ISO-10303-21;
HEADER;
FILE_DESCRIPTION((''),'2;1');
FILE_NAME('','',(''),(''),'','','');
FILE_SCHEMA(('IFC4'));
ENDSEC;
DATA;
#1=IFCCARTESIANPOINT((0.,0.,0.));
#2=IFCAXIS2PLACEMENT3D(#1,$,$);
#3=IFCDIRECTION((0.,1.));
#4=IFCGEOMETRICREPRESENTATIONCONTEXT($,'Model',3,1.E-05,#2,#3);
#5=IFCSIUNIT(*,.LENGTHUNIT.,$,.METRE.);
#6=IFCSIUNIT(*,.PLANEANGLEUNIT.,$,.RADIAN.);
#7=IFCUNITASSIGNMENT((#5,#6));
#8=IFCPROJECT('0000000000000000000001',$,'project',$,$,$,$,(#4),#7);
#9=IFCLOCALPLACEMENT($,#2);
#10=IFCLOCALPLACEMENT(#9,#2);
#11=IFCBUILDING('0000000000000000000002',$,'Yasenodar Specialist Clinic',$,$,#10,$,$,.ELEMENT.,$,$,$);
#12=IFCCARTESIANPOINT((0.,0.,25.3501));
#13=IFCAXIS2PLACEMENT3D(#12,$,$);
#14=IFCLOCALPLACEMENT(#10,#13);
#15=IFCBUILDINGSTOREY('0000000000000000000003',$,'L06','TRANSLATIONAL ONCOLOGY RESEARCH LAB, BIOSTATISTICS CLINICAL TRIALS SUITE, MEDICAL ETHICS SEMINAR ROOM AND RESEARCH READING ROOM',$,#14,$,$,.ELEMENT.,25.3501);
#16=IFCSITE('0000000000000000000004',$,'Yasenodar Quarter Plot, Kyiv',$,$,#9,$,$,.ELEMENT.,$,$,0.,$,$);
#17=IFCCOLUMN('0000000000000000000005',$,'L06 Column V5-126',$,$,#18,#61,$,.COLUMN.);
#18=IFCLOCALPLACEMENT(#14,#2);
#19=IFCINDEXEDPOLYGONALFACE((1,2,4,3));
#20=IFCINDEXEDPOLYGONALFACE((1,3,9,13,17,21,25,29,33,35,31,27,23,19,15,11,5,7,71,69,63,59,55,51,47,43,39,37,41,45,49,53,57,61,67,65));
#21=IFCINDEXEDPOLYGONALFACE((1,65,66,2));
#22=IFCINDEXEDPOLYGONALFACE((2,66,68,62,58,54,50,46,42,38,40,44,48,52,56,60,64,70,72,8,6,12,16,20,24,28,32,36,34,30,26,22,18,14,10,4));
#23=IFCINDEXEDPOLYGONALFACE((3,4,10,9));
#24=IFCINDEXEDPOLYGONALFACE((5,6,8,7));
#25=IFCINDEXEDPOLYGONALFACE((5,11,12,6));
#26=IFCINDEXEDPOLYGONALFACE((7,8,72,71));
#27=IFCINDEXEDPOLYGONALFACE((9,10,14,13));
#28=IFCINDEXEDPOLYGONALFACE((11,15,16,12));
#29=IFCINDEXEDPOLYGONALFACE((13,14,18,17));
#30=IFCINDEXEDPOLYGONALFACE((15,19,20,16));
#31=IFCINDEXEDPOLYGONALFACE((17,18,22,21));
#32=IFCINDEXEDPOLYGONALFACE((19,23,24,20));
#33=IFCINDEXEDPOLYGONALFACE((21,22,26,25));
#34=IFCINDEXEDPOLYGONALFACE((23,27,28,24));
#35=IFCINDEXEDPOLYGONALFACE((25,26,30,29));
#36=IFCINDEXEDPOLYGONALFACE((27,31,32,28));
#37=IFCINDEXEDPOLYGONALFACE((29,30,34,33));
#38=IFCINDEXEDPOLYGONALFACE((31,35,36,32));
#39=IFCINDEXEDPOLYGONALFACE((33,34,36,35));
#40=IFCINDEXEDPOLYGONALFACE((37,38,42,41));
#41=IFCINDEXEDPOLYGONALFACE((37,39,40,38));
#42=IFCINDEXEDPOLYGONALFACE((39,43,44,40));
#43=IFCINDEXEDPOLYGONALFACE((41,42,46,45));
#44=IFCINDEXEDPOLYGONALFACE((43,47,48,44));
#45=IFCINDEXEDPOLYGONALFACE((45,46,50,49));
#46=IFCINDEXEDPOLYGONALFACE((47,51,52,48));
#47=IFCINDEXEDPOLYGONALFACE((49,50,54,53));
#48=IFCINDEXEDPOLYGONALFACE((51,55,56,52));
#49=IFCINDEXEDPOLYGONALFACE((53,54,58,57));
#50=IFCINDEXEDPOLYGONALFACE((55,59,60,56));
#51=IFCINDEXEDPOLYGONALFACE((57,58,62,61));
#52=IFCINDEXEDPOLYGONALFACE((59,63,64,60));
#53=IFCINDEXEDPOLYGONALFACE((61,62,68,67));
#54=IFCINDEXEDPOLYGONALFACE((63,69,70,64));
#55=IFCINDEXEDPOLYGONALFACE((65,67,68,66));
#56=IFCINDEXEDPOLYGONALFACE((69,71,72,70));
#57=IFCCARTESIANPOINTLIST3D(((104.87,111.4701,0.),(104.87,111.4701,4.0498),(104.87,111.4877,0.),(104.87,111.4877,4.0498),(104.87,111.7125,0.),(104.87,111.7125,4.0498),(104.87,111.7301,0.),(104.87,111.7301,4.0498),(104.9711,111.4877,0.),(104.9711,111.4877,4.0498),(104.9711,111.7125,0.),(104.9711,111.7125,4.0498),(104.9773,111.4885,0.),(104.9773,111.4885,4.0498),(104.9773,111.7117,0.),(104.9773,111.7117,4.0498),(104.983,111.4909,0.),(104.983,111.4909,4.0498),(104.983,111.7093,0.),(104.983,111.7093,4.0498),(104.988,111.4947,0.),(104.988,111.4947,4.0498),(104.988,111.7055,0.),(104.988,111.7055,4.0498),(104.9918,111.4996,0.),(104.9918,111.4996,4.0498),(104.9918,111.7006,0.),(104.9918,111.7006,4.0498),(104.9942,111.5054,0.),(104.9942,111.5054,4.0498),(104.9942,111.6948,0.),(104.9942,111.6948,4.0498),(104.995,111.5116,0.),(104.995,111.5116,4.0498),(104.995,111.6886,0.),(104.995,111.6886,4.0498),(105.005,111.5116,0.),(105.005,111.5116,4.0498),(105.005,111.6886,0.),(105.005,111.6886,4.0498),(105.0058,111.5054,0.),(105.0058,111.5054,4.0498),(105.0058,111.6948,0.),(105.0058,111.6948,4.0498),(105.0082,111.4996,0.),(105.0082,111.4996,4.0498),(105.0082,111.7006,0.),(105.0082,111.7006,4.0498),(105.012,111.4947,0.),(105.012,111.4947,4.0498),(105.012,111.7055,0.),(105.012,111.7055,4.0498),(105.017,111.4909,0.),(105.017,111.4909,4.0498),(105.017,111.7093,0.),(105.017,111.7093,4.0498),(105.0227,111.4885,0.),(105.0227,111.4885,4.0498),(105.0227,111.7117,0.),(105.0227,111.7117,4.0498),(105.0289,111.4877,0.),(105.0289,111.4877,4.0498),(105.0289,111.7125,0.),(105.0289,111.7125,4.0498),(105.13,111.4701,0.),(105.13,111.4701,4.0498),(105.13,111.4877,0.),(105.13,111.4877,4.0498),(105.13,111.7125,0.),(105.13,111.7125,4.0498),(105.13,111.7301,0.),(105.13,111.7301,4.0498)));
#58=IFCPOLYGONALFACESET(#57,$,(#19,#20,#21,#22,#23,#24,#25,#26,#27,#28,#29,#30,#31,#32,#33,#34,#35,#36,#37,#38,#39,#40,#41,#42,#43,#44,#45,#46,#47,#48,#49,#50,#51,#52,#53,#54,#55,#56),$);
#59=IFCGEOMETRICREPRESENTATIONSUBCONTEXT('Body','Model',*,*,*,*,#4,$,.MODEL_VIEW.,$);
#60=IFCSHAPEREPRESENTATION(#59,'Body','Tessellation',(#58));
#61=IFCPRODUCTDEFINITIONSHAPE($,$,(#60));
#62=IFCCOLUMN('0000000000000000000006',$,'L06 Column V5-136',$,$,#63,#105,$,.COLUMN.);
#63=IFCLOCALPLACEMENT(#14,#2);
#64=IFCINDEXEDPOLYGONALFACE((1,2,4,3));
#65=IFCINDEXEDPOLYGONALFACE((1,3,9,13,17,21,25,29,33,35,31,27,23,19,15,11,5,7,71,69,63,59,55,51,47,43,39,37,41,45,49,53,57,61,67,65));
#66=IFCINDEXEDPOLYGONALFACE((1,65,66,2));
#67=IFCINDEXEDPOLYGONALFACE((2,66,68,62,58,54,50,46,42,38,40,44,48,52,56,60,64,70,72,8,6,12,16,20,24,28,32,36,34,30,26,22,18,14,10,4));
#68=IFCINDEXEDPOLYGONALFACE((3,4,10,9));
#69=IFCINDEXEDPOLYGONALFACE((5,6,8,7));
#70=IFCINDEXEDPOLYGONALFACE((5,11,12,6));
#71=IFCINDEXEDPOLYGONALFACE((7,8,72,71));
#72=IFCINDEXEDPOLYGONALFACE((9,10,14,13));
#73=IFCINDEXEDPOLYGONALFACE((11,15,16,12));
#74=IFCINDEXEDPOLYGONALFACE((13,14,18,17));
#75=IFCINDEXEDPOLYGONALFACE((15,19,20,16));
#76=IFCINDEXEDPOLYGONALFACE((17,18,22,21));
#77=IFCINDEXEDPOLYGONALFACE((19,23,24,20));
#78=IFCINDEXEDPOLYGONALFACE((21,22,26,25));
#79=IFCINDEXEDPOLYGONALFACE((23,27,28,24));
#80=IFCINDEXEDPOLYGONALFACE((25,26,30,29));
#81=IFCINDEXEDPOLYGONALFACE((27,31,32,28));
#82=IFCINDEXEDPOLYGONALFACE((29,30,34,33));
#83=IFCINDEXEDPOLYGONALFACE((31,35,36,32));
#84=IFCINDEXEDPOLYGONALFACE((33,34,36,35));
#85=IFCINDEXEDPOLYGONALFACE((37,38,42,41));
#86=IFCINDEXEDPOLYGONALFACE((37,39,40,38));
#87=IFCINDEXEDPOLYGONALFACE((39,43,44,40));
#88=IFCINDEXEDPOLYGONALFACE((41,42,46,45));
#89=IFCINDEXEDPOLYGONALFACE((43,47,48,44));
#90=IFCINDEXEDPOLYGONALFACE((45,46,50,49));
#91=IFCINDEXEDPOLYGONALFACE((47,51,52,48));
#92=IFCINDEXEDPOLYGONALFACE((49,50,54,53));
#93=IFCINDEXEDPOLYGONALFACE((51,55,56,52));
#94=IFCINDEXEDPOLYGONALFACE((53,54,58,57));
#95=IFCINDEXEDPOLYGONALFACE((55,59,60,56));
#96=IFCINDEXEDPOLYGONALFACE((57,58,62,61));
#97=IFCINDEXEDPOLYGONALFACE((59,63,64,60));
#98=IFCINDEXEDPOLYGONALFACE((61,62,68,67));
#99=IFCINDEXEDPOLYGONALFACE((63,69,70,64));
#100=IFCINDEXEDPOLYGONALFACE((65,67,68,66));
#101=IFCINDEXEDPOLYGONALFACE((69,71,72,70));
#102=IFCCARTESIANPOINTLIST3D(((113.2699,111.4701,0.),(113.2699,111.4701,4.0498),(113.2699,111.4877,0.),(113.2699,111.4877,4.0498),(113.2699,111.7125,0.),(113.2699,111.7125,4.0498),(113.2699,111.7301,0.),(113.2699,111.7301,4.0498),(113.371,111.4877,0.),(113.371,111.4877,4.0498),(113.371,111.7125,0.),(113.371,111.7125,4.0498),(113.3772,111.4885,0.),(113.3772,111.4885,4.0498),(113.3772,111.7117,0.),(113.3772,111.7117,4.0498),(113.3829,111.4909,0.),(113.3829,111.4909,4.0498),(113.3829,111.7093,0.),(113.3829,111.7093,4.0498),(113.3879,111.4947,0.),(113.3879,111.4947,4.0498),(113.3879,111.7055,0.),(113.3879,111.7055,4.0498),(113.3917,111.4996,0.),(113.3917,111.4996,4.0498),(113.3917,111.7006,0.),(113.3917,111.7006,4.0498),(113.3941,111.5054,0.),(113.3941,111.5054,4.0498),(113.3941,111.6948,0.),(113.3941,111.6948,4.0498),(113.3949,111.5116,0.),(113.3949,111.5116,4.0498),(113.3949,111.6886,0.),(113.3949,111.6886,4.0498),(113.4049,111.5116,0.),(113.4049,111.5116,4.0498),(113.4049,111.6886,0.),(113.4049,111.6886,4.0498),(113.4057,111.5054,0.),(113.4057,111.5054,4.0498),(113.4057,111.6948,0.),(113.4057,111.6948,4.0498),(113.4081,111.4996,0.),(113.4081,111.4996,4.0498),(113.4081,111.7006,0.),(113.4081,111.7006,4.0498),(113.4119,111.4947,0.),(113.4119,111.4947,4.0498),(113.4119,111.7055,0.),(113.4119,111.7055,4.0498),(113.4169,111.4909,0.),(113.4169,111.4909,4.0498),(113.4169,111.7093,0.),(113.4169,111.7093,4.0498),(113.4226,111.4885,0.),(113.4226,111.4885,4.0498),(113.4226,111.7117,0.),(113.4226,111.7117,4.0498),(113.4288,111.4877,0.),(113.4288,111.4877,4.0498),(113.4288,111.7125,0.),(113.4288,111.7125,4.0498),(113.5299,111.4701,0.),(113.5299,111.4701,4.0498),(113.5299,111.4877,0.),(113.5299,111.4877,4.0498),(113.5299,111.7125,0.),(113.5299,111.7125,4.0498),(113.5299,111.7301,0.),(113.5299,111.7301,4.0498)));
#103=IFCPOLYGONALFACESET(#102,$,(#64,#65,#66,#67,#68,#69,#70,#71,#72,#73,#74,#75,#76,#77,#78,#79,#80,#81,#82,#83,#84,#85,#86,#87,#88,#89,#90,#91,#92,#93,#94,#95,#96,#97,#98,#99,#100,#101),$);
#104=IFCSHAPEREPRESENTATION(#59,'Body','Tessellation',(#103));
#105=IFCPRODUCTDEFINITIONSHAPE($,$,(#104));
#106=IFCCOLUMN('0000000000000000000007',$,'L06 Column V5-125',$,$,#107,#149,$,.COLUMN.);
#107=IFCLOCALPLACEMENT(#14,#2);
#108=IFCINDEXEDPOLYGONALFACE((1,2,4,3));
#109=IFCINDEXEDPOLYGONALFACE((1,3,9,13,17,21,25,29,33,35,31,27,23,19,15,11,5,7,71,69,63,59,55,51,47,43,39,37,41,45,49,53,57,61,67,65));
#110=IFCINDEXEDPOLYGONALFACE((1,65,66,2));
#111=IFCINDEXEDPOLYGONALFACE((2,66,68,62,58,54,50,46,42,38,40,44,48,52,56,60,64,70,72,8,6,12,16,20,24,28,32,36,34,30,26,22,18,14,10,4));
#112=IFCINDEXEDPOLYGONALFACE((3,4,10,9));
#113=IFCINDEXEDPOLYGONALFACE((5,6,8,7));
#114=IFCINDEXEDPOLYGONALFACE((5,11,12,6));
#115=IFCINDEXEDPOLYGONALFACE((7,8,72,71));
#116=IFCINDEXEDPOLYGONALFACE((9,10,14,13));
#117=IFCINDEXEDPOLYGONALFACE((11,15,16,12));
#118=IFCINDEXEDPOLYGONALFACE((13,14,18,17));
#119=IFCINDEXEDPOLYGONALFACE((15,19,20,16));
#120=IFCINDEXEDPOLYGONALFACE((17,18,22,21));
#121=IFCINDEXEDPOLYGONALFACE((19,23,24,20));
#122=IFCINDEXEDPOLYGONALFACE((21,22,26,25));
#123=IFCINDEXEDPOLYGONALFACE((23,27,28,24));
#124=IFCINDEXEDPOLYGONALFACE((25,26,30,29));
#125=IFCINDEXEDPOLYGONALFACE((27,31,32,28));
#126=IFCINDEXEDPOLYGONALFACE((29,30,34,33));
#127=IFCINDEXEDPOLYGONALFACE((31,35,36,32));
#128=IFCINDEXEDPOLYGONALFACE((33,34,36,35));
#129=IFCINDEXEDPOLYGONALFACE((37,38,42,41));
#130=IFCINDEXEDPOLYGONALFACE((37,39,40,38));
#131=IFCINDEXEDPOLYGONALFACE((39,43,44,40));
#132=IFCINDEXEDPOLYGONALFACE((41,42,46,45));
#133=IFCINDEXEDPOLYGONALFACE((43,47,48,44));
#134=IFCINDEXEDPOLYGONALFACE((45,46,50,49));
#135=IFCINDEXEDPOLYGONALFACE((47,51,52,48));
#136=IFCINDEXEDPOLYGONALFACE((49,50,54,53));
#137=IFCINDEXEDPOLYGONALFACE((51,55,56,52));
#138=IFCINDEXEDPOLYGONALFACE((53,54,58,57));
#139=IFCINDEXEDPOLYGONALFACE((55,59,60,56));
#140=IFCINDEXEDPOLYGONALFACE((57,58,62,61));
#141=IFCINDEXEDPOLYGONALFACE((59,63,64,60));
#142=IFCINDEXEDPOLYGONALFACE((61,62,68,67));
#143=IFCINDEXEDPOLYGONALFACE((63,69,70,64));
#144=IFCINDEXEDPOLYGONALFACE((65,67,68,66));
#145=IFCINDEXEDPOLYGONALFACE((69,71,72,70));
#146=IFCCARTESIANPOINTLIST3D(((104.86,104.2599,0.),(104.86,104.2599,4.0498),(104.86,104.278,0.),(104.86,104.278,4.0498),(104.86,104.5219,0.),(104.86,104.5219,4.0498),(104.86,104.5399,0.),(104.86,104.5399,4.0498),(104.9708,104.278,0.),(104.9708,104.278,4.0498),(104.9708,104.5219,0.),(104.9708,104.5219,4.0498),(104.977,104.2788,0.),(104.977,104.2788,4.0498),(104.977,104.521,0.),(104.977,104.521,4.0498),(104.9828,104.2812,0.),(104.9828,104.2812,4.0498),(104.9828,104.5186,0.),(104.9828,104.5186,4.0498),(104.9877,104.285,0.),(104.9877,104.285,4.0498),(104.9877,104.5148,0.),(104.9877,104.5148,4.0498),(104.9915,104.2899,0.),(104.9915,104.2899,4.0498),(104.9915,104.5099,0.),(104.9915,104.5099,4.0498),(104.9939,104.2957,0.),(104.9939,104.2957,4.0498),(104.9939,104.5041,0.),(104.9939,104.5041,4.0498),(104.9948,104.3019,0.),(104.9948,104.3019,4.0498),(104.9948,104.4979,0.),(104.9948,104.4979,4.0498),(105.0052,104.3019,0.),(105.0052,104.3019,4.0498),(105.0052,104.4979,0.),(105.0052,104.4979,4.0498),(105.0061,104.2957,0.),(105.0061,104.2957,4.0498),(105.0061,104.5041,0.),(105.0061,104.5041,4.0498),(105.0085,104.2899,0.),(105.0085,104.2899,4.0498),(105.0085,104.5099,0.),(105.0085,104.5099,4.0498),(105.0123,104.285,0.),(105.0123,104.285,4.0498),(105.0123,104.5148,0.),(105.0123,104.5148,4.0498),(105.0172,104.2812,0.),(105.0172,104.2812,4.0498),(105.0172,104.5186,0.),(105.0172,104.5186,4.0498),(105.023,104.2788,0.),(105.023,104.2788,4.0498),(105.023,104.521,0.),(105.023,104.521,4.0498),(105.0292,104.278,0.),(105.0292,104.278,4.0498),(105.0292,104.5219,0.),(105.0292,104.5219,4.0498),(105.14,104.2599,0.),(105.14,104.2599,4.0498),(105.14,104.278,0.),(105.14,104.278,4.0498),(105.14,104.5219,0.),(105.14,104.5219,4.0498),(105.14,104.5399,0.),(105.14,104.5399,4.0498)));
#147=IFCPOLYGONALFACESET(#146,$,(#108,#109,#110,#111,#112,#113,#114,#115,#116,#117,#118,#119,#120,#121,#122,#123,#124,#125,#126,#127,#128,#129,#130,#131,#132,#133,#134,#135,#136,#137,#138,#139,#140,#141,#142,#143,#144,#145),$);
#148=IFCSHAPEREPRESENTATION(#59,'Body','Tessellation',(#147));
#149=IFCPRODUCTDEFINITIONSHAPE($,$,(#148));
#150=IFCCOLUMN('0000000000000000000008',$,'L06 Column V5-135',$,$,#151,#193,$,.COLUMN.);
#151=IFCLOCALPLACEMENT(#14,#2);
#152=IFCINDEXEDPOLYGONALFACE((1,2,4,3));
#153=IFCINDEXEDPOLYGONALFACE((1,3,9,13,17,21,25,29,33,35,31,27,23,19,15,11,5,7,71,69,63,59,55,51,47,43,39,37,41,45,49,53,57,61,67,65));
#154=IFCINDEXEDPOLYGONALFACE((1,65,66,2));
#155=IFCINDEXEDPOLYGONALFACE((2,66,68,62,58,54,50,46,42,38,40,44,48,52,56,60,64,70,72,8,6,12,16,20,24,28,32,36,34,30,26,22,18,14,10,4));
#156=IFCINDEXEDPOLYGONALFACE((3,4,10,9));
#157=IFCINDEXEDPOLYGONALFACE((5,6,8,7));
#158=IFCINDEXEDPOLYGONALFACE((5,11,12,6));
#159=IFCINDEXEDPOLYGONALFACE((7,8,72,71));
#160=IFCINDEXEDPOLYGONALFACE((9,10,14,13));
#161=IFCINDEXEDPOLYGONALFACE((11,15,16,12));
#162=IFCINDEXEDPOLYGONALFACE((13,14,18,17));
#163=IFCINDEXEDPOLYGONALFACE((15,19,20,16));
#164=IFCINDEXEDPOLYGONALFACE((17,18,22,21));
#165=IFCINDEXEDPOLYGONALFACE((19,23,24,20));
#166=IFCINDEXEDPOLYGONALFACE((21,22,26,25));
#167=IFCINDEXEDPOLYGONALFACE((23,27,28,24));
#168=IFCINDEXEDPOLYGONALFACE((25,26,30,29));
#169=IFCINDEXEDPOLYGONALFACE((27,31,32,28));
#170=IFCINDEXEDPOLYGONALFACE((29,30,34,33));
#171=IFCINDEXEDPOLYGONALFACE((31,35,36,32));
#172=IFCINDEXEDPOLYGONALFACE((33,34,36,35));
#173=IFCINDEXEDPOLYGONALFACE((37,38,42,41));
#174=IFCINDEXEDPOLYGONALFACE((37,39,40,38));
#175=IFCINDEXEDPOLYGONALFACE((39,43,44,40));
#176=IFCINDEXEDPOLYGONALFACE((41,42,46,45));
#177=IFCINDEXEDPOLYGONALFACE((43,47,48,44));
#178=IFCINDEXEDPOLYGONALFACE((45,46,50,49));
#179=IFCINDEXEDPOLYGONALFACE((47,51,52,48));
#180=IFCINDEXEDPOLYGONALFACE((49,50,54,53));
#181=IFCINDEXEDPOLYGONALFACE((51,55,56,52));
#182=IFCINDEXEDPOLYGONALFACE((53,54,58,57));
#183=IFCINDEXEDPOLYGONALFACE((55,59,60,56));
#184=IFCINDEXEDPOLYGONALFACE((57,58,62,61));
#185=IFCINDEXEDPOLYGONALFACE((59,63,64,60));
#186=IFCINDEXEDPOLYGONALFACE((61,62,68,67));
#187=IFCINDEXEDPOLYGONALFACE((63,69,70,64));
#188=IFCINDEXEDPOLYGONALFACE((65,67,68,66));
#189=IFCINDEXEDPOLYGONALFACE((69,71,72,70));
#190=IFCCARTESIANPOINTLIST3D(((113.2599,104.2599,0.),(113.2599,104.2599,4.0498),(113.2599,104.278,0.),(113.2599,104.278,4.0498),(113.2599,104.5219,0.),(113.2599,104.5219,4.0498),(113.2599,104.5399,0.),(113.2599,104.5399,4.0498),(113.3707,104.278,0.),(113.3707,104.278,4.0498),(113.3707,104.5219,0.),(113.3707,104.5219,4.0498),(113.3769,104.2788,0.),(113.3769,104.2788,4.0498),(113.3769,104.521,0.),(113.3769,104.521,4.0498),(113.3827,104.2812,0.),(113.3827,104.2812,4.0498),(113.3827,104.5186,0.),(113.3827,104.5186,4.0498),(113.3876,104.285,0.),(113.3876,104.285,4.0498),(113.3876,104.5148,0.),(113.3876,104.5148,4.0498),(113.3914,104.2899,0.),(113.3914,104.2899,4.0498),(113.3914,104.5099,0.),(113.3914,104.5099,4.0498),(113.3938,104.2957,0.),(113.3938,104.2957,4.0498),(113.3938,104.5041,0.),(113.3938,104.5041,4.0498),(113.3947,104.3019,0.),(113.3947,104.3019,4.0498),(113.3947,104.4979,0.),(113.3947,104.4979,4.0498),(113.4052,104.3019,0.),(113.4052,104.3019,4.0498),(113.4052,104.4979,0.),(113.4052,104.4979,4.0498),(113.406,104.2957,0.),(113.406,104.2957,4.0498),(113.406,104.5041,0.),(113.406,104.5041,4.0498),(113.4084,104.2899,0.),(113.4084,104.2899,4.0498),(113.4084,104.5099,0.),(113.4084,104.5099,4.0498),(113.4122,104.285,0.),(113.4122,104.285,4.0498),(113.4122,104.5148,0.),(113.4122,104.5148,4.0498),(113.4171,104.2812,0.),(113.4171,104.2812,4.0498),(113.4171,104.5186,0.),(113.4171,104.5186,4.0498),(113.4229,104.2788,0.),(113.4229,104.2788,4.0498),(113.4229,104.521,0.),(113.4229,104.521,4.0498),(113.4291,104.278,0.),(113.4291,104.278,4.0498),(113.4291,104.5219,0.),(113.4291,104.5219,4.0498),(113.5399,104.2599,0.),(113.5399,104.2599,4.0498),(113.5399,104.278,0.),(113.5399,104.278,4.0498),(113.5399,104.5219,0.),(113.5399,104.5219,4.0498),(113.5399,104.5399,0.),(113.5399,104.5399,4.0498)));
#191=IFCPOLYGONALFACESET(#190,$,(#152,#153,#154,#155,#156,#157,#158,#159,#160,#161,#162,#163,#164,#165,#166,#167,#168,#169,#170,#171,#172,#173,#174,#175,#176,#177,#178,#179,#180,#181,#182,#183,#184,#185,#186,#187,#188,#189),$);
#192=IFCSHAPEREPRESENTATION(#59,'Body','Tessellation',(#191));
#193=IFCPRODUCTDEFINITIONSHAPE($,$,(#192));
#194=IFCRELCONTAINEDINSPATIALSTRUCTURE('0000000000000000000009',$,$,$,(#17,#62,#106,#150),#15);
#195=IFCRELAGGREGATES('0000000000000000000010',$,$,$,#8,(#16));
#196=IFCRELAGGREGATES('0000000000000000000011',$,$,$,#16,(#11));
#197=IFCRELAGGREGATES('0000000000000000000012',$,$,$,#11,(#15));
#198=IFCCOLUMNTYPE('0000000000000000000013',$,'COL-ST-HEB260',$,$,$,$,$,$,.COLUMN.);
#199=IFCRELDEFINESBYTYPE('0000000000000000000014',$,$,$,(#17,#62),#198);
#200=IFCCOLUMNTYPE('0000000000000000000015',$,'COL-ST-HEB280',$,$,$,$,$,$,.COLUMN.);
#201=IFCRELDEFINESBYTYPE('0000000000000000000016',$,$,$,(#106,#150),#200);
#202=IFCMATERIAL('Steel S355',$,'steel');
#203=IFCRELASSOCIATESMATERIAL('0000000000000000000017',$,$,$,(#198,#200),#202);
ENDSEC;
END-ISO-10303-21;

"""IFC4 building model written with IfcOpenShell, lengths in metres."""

from ifc_helpers import new_model, si_unit, direction, frame, origin, origin_2d, place, context, subcontext, project, spatial, i_section, extrude, material, material_profile, profile_set, type_object, element, save


model = new_model("IFC4")

# Units and contexts
model_context = context("Model", 3, precision=1e-05, world=origin(), true_north=direction((0.0, 1.0)))
body_context = subcontext(model_context, "Body", "Model", "MODEL_VIEW")
ifc_project = project(units=[si_unit("LENGTHUNIT", "METRE"), si_unit("PLANEANGLEUNIT", "RADIAN")], contexts=[model_context])

# Site, building, storey
site_placement = place(None, origin())
site = spatial("IfcSite", under=ifc_project, at=site_placement, Name="Yasenodar Quarter Plot, Kyiv", CompositionType="ELEMENT", RefElevation=0.0)
building_placement = place(site_placement, origin())
building = spatial("IfcBuilding", under=site, at=building_placement, Name="Yasenodar Specialist Clinic", CompositionType="ELEMENT")
storey_placement = place(building_placement, frame((0.0, 0.0, 25.3501)))
storey = spatial("IfcBuildingStorey", under=building, at=storey_placement, Name="L06", Description="TRANSLATIONAL ONCOLOGY RESEARCH LAB, BIOSTATISTICS CLINICAL TRIALS SUITE, MEDICAL ETHICS SEMINAR ROOM AND RESEARCH READING ROOM", CompositionType="ELEMENT", Elevation=25.3501)

# Columns
ifc_material_1 = material(Name="Steel S355", Category="steel")
ifc_material_profile_1 = material_profile(ifc_material_1, i_section(OverallWidth=0.26, OverallDepth=0.26, WebThickness=0.01, FlangeThickness=0.0176, FilletRadius=0.0239, at=origin_2d()), Name="HEB 260")
ifc_profile_set_1 = profile_set([ifc_material_profile_1], Name="Steel S355")
column_type_1 = type_object("IfcColumnType", Name="COL-ST-HEB260", PredefinedType="COLUMN", material=ifc_profile_set_1)
for number, where, z_axis, x_axis, name in (
    (1, (105.0, 111.6001, 0.0), (0.0, 0.0, 1.0), (1.0, 0.0, 0.0), "L06 Column V5-126"),
    (2, (113.3999, 111.6001, 0.0), (0.0, 0.0, 1.0), (1.0, 0.0, 0.0), "L06 Column V5-136"),
):
    element("IfcColumn", number, at=place(storey_placement, frame(where, z_axis=z_axis, x_axis=x_axis)), inside=storey, type_object=column_type_1, Name=name, PredefinedType="COLUMN", context=body_context, shape_type="SweptSolid", body=[
        extrude(i_section(OverallWidth=0.26, OverallDepth=0.26, WebThickness=0.01, FlangeThickness=0.0176, FilletRadius=0.0239, at=origin_2d()), origin(), (0.0, 0.0, 1.0), 4.0498),
    ])
ifc_material_profile_2 = material_profile(ifc_material_1, i_section(OverallWidth=0.28, OverallDepth=0.28, WebThickness=0.0105, FlangeThickness=0.0181, FilletRadius=0.0239, at=origin_2d()), Name="HEB 280")
ifc_profile_set_2 = profile_set([ifc_material_profile_2], Name="Steel S355")
column_type_2 = type_object("IfcColumnType", Name="COL-ST-HEB280", PredefinedType="COLUMN", material=ifc_profile_set_2)
for number, where, z_axis, x_axis, name in (
    (3, (105.0, 104.3999, 0.0), (0.0, 0.0, 1.0), (1.0, 0.0, 0.0), "L06 Column V5-125"),
    (4, (113.3999, 104.3999, 0.0), (0.0, 0.0, 1.0), (1.0, 0.0, 0.0), "L06 Column V5-135"),
):
    element("IfcColumn", number, at=place(storey_placement, frame(where, z_axis=z_axis, x_axis=x_axis)), inside=storey, type_object=column_type_2, Name=name, PredefinedType="COLUMN", context=body_context, shape_type="SweptSolid", body=[
        extrude(i_section(OverallWidth=0.28, OverallDepth=0.28, WebThickness=0.0105, FlangeThickness=0.0181, FilletRadius=0.0239, at=origin_2d()), origin(), (0.0, 0.0, 1.0), 4.0498),
    ])

save(model, "model.ifc")
